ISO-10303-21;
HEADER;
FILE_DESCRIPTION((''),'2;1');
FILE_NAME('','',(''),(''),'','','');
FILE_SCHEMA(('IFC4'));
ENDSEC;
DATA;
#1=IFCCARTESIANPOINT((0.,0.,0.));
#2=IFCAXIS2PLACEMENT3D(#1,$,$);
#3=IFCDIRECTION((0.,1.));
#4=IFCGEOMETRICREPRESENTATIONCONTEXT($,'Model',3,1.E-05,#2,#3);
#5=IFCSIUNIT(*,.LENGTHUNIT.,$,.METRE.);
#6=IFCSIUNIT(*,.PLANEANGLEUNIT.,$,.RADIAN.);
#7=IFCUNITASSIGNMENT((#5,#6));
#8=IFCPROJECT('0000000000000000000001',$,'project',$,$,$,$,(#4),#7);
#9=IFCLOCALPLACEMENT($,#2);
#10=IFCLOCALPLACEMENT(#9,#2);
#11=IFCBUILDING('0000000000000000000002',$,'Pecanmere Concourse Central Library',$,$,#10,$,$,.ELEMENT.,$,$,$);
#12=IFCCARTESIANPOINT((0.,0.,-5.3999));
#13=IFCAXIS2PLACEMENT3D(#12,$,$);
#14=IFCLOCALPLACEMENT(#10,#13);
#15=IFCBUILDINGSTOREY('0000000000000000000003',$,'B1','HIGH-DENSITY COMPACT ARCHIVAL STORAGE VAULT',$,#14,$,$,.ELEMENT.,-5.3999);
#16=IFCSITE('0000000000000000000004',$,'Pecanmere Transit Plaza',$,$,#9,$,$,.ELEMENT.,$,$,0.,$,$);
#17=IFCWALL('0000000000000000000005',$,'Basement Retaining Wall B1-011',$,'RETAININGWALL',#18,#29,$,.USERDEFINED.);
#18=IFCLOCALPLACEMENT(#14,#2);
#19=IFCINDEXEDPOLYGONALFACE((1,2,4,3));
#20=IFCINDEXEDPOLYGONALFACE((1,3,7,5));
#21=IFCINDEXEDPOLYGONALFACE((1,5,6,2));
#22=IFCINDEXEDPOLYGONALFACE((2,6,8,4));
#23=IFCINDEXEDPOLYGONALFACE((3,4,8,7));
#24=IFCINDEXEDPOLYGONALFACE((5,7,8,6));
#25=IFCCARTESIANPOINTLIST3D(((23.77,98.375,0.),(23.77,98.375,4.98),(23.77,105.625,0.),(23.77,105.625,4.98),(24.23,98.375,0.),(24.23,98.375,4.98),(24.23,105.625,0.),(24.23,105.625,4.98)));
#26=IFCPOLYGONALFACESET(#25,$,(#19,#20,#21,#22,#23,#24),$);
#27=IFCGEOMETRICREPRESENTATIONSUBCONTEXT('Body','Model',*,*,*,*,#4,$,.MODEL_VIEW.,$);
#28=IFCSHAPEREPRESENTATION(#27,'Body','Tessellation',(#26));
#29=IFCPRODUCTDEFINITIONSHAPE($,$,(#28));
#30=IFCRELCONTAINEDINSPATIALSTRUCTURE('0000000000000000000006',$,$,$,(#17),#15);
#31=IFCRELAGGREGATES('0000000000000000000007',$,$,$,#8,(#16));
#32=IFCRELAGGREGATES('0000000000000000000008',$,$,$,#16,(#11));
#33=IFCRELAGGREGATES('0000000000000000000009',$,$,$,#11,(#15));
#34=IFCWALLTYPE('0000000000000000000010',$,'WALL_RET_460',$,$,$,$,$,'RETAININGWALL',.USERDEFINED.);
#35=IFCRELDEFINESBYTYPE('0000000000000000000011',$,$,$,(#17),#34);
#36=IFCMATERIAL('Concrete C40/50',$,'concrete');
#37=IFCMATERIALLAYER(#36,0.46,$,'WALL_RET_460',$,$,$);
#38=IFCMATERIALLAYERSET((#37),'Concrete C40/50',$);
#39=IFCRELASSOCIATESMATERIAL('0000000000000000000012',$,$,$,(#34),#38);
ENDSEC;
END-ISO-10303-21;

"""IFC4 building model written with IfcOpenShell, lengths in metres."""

from ifc_helpers import new_model, si_unit, direction, frame, frame_2d, origin, place, context, subcontext, project, spatial, rectangle, extrude, material, layer, layer_set, type_object, element, save


model = new_model("IFC4")

# Units and contexts
model_context = context("Model", 3, precision=1e-05, world=origin(), true_north=direction((0.0, 1.0)))
body_context = subcontext(model_context, "Body", "Model", "MODEL_VIEW")
ifc_project = project(units=[si_unit("LENGTHUNIT", "METRE"), si_unit("PLANEANGLEUNIT", "RADIAN")], contexts=[model_context])

# Site, building, storey
site_placement = place(None, origin())
site = spatial("IfcSite", under=ifc_project, at=site_placement, Name="Pecanmere Transit Plaza", CompositionType="ELEMENT", RefElevation=0.0)
building_placement = place(site_placement, origin())
building = spatial("IfcBuilding", under=site, at=building_placement, Name="Pecanmere Concourse Central Library", CompositionType="ELEMENT")
storey_placement = place(building_placement, frame((0.0, 0.0, -5.3999)))
storey = spatial("IfcBuildingStorey", under=building, at=storey_placement, Name="B1", Description="HIGH-DENSITY COMPACT ARCHIVAL STORAGE VAULT", CompositionType="ELEMENT", Elevation=-5.3999)

# Wall
ifc_material_1 = material(Name="Concrete C40/50", Category="concrete")
ifc_layer = layer(ifc_material_1, 0.46, Name="WALL_RET_460")
ifc_layer_set = layer_set([ifc_layer], Name="Concrete C40/50")
wall_type = type_object("IfcWallType", Name="WALL_RET_460", ElementType="RETAININGWALL", PredefinedType="USERDEFINED", material=ifc_layer_set)
wall_placement = place(storey_placement, frame((24.0, 98.375, 0.0), z_axis=(0.0, 0.0, 1.0), x_axis=(0.0, 1.0, 0.0)))
element("IfcWall", 1, at=wall_placement, inside=storey, type_object=wall_type, Name="Basement Retaining Wall B1-011", ObjectType="RETAININGWALL", PredefinedType="USERDEFINED", context=body_context, shape_type="SweptSolid", body=[
    extrude(rectangle(XDim=7.25, YDim=0.46, at=frame_2d((3.625, 0.0))), origin(), (0.0, 0.0, 1.0), 4.98),
])

save(model, "model.ifc")
